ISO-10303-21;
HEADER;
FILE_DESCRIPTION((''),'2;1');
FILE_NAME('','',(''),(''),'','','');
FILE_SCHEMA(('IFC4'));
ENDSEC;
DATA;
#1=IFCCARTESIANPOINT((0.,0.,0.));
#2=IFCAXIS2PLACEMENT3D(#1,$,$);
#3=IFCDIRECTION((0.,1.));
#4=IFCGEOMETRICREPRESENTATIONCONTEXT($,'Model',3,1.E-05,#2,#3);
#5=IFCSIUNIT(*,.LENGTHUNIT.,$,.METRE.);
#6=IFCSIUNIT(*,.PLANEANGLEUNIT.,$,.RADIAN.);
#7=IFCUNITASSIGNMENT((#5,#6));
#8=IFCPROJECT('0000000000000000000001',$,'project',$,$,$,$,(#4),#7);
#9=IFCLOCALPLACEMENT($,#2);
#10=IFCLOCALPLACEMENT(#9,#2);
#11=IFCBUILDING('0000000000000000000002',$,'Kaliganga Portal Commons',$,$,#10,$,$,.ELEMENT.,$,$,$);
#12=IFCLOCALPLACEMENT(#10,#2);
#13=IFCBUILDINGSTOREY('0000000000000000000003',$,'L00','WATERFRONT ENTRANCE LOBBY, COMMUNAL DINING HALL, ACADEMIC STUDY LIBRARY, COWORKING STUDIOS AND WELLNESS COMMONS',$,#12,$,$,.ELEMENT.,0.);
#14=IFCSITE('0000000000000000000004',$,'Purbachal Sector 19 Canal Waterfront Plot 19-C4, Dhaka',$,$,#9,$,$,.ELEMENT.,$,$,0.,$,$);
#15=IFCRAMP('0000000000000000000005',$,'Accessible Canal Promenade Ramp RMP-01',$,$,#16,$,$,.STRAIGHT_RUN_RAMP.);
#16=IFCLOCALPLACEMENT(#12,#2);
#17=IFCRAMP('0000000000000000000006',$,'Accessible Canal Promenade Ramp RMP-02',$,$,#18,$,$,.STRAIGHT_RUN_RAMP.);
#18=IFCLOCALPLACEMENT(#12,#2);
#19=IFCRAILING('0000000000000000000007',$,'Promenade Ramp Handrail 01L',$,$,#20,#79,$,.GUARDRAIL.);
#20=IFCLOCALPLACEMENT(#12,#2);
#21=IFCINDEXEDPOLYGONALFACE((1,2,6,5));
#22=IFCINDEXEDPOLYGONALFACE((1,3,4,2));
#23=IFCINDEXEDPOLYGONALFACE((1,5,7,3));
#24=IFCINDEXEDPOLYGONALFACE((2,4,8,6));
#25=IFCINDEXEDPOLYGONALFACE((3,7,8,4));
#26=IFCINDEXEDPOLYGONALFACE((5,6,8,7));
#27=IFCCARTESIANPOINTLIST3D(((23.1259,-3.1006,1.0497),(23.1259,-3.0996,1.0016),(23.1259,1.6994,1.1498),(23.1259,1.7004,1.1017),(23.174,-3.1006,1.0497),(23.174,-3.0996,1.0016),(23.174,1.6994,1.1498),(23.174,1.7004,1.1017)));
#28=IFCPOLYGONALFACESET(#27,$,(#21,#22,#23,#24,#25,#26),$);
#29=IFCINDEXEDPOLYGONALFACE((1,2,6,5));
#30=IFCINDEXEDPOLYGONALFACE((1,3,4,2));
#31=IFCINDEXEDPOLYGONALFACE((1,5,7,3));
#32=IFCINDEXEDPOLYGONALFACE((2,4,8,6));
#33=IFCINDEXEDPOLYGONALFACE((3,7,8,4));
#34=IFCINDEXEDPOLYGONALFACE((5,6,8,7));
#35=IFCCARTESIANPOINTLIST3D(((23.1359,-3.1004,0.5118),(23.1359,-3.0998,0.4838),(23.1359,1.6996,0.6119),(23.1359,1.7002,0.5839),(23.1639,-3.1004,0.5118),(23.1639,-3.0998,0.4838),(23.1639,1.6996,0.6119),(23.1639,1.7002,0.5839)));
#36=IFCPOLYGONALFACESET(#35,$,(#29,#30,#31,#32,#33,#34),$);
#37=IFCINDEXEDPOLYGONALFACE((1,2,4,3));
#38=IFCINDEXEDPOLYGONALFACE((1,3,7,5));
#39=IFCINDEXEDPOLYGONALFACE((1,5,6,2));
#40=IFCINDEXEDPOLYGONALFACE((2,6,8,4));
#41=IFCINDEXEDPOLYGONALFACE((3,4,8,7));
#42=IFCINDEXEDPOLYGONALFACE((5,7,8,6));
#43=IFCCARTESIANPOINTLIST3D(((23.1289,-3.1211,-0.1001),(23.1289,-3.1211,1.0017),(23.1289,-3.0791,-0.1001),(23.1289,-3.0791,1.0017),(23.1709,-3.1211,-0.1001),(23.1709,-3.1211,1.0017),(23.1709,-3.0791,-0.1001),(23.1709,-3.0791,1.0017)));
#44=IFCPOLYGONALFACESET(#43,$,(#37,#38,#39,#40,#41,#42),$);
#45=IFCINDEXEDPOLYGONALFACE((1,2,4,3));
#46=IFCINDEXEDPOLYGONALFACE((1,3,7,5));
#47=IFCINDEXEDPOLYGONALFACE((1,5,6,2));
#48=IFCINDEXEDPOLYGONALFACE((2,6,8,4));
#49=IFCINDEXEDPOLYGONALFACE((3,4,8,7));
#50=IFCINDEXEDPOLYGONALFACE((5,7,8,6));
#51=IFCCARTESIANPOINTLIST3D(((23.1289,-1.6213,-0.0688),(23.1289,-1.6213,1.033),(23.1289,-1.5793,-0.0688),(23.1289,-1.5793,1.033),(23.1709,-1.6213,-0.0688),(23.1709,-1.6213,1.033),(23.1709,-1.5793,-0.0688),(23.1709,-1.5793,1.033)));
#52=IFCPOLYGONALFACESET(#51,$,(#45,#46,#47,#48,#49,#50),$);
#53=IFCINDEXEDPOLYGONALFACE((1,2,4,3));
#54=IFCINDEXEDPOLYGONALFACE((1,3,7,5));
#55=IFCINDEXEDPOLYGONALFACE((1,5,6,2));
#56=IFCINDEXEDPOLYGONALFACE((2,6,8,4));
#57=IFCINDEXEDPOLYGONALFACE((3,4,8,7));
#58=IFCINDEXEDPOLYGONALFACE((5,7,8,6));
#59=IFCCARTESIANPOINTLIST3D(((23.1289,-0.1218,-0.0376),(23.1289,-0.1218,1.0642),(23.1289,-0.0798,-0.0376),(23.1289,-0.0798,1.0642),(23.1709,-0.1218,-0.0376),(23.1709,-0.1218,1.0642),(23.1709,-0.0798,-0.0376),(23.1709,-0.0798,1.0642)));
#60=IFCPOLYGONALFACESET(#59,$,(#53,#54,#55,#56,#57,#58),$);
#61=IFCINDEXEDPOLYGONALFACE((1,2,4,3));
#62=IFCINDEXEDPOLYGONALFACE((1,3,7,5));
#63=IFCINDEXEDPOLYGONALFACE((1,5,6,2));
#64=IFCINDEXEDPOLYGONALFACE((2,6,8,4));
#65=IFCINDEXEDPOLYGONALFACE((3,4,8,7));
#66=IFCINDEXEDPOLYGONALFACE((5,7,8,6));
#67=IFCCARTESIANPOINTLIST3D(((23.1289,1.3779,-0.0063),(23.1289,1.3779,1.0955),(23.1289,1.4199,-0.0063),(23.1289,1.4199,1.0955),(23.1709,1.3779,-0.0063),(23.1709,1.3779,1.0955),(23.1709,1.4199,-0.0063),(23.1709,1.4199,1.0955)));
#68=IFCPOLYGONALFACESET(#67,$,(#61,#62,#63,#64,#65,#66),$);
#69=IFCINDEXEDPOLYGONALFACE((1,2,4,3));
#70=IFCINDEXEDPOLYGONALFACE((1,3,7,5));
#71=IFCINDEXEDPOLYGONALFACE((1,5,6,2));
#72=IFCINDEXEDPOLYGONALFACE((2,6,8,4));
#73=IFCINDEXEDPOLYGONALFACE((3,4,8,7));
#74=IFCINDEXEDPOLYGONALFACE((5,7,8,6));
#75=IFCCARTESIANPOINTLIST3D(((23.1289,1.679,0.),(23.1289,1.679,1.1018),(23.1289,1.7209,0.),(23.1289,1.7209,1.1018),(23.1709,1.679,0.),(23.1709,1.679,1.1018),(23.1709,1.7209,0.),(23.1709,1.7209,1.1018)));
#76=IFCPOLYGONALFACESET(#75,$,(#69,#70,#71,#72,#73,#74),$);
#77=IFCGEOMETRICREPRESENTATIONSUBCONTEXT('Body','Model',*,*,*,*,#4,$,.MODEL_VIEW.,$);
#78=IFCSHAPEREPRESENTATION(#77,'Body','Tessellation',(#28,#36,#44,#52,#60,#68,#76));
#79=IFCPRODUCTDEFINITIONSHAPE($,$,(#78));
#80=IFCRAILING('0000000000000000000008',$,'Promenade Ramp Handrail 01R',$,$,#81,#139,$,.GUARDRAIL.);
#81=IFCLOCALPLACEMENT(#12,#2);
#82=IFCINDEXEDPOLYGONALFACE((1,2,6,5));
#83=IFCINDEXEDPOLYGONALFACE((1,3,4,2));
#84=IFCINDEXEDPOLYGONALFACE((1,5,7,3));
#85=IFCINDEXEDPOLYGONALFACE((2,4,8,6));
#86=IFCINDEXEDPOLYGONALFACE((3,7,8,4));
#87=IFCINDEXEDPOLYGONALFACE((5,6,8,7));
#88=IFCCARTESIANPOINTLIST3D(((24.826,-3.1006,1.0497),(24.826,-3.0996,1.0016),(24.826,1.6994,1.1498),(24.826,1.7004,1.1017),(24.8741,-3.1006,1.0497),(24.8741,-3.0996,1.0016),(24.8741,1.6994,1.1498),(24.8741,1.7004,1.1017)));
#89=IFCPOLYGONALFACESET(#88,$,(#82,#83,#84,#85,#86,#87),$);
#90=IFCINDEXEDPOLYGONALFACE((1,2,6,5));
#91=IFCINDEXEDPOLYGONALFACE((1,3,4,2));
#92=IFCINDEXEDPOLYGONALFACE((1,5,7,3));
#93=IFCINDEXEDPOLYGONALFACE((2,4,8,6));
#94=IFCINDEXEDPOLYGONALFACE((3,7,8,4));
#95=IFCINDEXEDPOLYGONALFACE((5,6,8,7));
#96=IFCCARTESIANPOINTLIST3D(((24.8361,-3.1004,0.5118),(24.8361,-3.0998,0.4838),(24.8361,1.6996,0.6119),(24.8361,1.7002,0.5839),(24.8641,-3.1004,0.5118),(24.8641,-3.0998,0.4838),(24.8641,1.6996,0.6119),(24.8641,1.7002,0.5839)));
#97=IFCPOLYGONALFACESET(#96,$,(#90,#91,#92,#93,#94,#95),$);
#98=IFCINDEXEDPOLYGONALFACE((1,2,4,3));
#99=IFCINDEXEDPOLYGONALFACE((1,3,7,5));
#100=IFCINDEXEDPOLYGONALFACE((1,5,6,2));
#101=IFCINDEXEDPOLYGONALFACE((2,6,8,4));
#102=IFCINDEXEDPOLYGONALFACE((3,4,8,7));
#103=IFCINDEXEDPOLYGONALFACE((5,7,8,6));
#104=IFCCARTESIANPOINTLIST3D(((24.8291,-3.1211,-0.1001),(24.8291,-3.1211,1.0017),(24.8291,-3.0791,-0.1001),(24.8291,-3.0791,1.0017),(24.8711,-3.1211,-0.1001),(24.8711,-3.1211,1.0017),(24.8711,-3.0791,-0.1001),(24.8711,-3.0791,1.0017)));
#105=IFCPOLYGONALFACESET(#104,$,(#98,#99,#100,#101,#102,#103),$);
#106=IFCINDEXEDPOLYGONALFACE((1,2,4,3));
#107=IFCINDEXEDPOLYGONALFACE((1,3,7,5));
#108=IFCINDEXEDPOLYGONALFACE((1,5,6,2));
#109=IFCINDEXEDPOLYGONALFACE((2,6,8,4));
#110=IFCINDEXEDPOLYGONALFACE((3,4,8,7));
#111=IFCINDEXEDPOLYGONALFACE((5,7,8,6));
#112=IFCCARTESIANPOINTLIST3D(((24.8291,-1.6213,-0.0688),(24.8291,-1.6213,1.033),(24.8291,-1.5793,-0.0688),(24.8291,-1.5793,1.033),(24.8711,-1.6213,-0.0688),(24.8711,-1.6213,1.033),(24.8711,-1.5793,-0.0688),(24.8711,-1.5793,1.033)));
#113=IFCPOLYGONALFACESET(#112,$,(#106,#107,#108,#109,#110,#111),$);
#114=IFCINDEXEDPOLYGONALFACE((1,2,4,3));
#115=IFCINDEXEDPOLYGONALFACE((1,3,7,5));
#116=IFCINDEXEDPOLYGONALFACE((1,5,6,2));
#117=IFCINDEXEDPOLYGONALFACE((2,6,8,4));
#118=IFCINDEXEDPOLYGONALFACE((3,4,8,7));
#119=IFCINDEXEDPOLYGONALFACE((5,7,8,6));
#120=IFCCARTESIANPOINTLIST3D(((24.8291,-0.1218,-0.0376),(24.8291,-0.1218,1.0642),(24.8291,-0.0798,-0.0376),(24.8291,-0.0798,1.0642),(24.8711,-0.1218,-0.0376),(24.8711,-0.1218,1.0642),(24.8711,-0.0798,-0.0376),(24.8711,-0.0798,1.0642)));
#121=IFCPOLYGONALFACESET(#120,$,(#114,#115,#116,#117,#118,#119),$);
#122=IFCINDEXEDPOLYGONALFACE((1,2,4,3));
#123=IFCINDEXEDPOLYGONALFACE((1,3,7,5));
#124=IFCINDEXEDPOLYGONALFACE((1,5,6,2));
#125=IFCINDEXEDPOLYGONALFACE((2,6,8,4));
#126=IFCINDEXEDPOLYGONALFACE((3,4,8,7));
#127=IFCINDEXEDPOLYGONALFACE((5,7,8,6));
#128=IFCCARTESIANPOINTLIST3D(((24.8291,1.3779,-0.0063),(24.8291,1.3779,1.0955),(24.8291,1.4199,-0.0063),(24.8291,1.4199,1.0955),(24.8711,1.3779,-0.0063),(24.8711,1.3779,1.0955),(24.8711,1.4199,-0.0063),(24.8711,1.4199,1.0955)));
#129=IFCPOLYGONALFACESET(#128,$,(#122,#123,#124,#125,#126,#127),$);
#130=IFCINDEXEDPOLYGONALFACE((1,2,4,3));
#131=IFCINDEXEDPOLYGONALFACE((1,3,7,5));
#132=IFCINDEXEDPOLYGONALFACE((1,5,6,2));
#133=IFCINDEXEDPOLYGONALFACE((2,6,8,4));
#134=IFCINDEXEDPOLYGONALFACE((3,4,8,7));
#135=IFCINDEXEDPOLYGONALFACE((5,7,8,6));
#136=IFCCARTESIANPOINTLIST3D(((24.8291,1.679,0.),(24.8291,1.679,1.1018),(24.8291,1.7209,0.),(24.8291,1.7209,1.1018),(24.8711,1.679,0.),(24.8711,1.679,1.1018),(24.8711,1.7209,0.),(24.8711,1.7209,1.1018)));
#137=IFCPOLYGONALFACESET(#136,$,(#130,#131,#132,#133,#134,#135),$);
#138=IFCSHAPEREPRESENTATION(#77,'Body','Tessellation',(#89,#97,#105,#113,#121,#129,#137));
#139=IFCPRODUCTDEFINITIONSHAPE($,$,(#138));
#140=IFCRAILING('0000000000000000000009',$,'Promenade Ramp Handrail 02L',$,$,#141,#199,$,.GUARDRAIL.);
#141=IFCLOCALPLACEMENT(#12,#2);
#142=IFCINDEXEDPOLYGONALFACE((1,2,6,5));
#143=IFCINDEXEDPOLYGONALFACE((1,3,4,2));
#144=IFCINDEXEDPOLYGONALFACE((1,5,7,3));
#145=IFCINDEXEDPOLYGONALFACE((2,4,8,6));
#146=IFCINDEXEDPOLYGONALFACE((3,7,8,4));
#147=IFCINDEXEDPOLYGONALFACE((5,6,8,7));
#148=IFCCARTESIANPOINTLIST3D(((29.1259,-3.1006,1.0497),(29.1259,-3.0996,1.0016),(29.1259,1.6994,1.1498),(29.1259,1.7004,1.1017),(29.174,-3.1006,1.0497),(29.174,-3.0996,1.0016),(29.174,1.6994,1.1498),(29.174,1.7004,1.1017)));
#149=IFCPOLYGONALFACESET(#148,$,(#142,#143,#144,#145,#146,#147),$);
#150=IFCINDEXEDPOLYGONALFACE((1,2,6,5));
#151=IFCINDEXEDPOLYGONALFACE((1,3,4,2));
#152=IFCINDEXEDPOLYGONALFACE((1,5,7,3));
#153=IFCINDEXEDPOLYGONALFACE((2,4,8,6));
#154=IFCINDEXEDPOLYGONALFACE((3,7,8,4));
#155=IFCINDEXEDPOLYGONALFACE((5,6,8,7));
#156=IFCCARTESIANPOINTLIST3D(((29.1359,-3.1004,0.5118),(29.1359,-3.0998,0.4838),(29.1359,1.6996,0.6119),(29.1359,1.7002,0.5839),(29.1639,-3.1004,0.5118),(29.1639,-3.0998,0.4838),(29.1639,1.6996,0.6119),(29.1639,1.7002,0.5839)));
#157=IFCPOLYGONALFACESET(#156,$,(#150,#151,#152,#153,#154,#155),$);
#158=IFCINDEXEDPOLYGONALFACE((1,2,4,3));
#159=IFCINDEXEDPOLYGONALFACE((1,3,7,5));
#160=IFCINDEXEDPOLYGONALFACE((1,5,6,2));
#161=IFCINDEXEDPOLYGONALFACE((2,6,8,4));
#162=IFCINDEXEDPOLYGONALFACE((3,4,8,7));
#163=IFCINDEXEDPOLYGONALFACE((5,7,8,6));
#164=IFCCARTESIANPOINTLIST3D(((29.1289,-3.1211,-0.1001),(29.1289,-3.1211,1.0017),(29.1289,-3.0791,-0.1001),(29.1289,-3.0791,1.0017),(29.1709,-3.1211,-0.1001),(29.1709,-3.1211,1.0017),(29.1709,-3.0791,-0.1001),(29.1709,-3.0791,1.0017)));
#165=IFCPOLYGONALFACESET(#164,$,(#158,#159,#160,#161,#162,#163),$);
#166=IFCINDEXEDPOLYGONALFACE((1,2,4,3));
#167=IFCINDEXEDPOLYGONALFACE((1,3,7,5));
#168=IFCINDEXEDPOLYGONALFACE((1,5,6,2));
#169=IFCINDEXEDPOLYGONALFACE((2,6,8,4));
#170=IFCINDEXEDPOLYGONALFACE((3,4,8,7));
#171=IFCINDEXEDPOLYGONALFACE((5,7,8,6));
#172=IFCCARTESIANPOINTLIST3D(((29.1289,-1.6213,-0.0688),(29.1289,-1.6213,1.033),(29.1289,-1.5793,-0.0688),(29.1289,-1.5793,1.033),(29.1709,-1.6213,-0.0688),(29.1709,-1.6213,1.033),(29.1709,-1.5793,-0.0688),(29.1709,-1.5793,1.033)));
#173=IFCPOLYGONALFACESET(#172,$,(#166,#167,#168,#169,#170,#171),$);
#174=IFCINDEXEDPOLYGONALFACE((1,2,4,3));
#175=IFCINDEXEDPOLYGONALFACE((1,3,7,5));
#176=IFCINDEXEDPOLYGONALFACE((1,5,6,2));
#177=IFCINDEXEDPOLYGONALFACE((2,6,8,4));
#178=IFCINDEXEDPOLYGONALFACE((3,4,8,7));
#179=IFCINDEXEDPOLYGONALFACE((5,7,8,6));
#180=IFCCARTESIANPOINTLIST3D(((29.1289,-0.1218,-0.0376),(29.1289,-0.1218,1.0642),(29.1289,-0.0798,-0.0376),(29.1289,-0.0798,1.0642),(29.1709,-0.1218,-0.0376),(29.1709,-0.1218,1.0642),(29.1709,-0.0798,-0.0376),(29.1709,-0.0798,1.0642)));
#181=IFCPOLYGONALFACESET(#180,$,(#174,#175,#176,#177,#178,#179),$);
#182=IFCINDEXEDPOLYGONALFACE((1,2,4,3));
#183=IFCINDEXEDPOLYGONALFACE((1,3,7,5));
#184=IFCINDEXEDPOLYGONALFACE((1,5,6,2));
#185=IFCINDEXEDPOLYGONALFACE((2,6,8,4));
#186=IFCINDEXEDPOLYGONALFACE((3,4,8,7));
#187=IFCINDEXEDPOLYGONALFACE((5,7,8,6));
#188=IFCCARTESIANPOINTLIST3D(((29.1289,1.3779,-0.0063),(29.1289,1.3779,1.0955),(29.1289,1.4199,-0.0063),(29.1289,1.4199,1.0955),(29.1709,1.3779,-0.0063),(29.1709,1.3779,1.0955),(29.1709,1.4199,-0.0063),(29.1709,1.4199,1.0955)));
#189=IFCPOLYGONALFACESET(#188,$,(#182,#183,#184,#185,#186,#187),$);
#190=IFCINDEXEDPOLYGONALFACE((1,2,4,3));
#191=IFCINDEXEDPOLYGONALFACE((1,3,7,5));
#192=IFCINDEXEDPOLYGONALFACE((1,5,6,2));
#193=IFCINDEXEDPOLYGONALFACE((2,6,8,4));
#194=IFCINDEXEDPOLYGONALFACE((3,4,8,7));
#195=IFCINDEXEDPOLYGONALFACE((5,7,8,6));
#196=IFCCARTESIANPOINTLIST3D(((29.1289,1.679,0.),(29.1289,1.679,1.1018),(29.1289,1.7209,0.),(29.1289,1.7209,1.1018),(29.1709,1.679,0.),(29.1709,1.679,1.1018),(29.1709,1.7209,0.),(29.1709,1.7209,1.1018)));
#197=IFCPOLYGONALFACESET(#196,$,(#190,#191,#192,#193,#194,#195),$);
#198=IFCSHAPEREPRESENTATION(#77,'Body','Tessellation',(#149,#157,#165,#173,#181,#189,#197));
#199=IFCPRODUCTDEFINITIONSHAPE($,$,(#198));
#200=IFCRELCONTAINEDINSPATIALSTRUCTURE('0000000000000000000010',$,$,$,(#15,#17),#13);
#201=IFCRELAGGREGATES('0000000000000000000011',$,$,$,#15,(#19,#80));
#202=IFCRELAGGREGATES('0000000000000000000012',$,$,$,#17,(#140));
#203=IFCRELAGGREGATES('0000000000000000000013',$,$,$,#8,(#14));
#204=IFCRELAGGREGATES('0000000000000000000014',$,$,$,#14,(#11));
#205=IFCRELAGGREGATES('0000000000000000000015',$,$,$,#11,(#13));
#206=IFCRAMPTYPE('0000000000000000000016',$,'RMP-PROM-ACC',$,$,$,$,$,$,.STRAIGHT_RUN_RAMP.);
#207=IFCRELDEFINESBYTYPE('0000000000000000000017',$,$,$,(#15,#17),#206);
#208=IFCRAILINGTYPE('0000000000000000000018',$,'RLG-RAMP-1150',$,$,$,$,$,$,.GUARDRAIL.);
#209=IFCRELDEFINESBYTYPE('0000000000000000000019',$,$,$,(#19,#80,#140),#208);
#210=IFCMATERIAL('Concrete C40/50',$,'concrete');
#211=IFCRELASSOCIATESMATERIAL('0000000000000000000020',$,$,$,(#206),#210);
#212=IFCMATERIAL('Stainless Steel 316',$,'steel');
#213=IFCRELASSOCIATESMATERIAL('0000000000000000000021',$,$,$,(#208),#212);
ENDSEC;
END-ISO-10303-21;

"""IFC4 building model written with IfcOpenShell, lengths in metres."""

from ifc_helpers import new_model, si_unit, direction, frame, origin, origin_2d, place, context, subcontext, project, spatial, rectangle, extrude, material, type_object, element, aggregate, save


model = new_model("IFC4")

# Units and contexts
model_context = context("Model", 3, precision=1e-05, world=origin(), true_north=direction((0.0, 1.0)))
body_context = subcontext(model_context, "Body", "Model", "MODEL_VIEW")
ifc_project = project(units=[si_unit("LENGTHUNIT", "METRE"), si_unit("PLANEANGLEUNIT", "RADIAN")], contexts=[model_context])

# Site, building, storey
site_placement = place(None, origin())
site = spatial("IfcSite", under=ifc_project, at=site_placement, Name="Purbachal Sector 19 Canal Waterfront Plot 19-C4, Dhaka", CompositionType="ELEMENT", RefElevation=0.0)
building_placement = place(site_placement, origin())
building = spatial("IfcBuilding", under=site, at=building_placement, Name="Kaliganga Portal Commons", CompositionType="ELEMENT")
storey_placement = place(building_placement, origin())
storey = spatial("IfcBuildingStorey", under=building, at=storey_placement, Name="L00", Description="WATERFRONT ENTRANCE LOBBY, COMMUNAL DINING HALL, ACADEMIC STUDY LIBRARY, COWORKING STUDIOS AND WELLNESS COMMONS", CompositionType="ELEMENT", Elevation=0.0)

# Ramps
ifc_material_1 = material(Name="Concrete C40/50", Category="concrete")
ramp_type = type_object("IfcRampType", Name="RMP-PROM-ACC", PredefinedType="STRAIGHT_RUN_RAMP", material=ifc_material_1)
ramp_1_placement = place(storey_placement, origin())
ramp_1 = element("IfcRamp", 1, at=ramp_1_placement, inside=storey, type_object=ramp_type, Name="Accessible Canal Promenade Ramp RMP-01", PredefinedType="STRAIGHT_RUN_RAMP")
ramp_2_placement = place(storey_placement, origin())
ramp_2 = element("IfcRamp", 2, at=ramp_2_placement, inside=storey, type_object=ramp_type, Name="Accessible Canal Promenade Ramp RMP-02", PredefinedType="STRAIGHT_RUN_RAMP")

# Railings
ifc_material_2 = material(Name="Stainless Steel 316", Category="steel")
railing_type = type_object("IfcRailingType", Name="RLG-RAMP-1150", PredefinedType="GUARDRAIL", material=ifc_material_2)
railing_1_placement = place(storey_placement, frame((23.1499, -3.1001, -0.1001)))
railing_1 = element("IfcRailing", 3, at=railing_1_placement, type_object=railing_type, Name="Promenade Ramp Handrail 01L", PredefinedType="GUARDRAIL", context=body_context, shape_type="SweptSolid", body=[
    extrude(rectangle(XDim=0.0481, YDim=0.0481, at=origin_2d()), frame((0.0, 0.0, 1.1257), z_axis=(0.0, 0.999783, 0.020849), x_axis=(-1.0, 0.0, 0.0)), (0.0, 0.0, 1.0), 4.801),
    extrude(rectangle(XDim=0.0281, YDim=0.0281, at=origin_2d()), frame((0.0, 0.0, 0.5979), z_axis=(0.0, 0.999783, 0.020849), x_axis=(-1.0, 0.0, 0.0)), (0.0, 0.0, 1.0), 4.801),
    extrude(rectangle(XDim=0.042, YDim=0.042, at=origin_2d()), origin(), (0.0, 0.0, 1.0), 1.1018),
    extrude(rectangle(XDim=0.042, YDim=0.042, at=origin_2d()), frame((0.0, 1.4998, 0.0312)), (0.0, 0.0, 1.0), 1.1018),
    extrude(rectangle(XDim=0.042, YDim=0.042, at=origin_2d()), frame((0.0, 2.9993, 0.0625)), (0.0, 0.0, 1.0), 1.1018),
    extrude(rectangle(XDim=0.042, YDim=0.042, at=origin_2d()), frame((0.0, 4.499, 0.0938)), (0.0, 0.0, 1.0), 1.1018),
    extrude(rectangle(XDim=0.042, YDim=0.042, at=origin_2d()), frame((0.0, 4.8, 0.1001)), (0.0, 0.0, 1.0), 1.1018),
])
railing_2_placement = place(storey_placement, frame((24.8501, -3.1001, -0.1001)))
railing_2 = element("IfcRailing", 4, at=railing_2_placement, type_object=railing_type, Name="Promenade Ramp Handrail 01R", PredefinedType="GUARDRAIL", context=body_context, shape_type="SweptSolid", body=[
    extrude(rectangle(XDim=0.0481, YDim=0.0481, at=origin_2d()), frame((0.0, 0.0, 1.1257), z_axis=(0.0, 0.999783, 0.020849), x_axis=(-1.0, 0.0, 0.0)), (0.0, 0.0, 1.0), 4.801),
    extrude(rectangle(XDim=0.0281, YDim=0.0281, at=origin_2d()), frame((0.0, 0.0, 0.5979), z_axis=(0.0, 0.999783, 0.020849), x_axis=(-1.0, 0.0, 0.0)), (0.0, 0.0, 1.0), 4.801),
    extrude(rectangle(XDim=0.042, YDim=0.042, at=origin_2d()), origin(), (0.0, 0.0, 1.0), 1.1018),
    extrude(rectangle(XDim=0.042, YDim=0.042, at=origin_2d()), frame((0.0, 1.4998, 0.0312)), (0.0, 0.0, 1.0), 1.1018),
    extrude(rectangle(XDim=0.042, YDim=0.042, at=origin_2d()), frame((0.0, 2.9993, 0.0625)), (0.0, 0.0, 1.0), 1.1018),
    extrude(rectangle(XDim=0.042, YDim=0.042, at=origin_2d()), frame((0.0, 4.499, 0.0938)), (0.0, 0.0, 1.0), 1.1018),
    extrude(rectangle(XDim=0.042, YDim=0.042, at=origin_2d()), frame((0.0, 4.8, 0.1001)), (0.0, 0.0, 1.0), 1.1018),
])
aggregate(ramp_1, [railing_1, railing_2])
railing_3_placement = place(storey_placement, frame((29.1499, -3.1001, -0.1001)))
railing_3 = element("IfcRailing", 5, at=railing_3_placement, type_object=railing_type, Name="Promenade Ramp Handrail 02L", PredefinedType="GUARDRAIL", context=body_context, shape_type="SweptSolid", body=[
    extrude(rectangle(XDim=0.0481, YDim=0.0481, at=origin_2d()), frame((0.0, 0.0, 1.1257), z_axis=(0.0, 0.999783, 0.020849), x_axis=(-1.0, 0.0, 0.0)), (0.0, 0.0, 1.0), 4.801),
    extrude(rectangle(XDim=0.0281, YDim=0.0281, at=origin_2d()), frame((0.0, 0.0, 0.5979), z_axis=(0.0, 0.999783, 0.020849), x_axis=(-1.0, 0.0, 0.0)), (0.0, 0.0, 1.0), 4.801),
    extrude(rectangle(XDim=0.042, YDim=0.042, at=origin_2d()), origin(), (0.0, 0.0, 1.0), 1.1018),
    extrude(rectangle(XDim=0.042, YDim=0.042, at=origin_2d()), frame((0.0, 1.4998, 0.0312)), (0.0, 0.0, 1.0), 1.1018),
    extrude(rectangle(XDim=0.042, YDim=0.042, at=origin_2d()), frame((0.0, 2.9993, 0.0625)), (0.0, 0.0, 1.0), 1.1018),
    extrude(rectangle(XDim=0.042, YDim=0.042, at=origin_2d()), frame((0.0, 4.499, 0.0938)), (0.0, 0.0, 1.0), 1.1018),
    extrude(rectangle(XDim=0.042, YDim=0.042, at=origin_2d()), frame((0.0, 4.8, 0.1001)), (0.0, 0.0, 1.0), 1.1018),
])
aggregate(ramp_2, [railing_3])

save(model, "model.ifc")
